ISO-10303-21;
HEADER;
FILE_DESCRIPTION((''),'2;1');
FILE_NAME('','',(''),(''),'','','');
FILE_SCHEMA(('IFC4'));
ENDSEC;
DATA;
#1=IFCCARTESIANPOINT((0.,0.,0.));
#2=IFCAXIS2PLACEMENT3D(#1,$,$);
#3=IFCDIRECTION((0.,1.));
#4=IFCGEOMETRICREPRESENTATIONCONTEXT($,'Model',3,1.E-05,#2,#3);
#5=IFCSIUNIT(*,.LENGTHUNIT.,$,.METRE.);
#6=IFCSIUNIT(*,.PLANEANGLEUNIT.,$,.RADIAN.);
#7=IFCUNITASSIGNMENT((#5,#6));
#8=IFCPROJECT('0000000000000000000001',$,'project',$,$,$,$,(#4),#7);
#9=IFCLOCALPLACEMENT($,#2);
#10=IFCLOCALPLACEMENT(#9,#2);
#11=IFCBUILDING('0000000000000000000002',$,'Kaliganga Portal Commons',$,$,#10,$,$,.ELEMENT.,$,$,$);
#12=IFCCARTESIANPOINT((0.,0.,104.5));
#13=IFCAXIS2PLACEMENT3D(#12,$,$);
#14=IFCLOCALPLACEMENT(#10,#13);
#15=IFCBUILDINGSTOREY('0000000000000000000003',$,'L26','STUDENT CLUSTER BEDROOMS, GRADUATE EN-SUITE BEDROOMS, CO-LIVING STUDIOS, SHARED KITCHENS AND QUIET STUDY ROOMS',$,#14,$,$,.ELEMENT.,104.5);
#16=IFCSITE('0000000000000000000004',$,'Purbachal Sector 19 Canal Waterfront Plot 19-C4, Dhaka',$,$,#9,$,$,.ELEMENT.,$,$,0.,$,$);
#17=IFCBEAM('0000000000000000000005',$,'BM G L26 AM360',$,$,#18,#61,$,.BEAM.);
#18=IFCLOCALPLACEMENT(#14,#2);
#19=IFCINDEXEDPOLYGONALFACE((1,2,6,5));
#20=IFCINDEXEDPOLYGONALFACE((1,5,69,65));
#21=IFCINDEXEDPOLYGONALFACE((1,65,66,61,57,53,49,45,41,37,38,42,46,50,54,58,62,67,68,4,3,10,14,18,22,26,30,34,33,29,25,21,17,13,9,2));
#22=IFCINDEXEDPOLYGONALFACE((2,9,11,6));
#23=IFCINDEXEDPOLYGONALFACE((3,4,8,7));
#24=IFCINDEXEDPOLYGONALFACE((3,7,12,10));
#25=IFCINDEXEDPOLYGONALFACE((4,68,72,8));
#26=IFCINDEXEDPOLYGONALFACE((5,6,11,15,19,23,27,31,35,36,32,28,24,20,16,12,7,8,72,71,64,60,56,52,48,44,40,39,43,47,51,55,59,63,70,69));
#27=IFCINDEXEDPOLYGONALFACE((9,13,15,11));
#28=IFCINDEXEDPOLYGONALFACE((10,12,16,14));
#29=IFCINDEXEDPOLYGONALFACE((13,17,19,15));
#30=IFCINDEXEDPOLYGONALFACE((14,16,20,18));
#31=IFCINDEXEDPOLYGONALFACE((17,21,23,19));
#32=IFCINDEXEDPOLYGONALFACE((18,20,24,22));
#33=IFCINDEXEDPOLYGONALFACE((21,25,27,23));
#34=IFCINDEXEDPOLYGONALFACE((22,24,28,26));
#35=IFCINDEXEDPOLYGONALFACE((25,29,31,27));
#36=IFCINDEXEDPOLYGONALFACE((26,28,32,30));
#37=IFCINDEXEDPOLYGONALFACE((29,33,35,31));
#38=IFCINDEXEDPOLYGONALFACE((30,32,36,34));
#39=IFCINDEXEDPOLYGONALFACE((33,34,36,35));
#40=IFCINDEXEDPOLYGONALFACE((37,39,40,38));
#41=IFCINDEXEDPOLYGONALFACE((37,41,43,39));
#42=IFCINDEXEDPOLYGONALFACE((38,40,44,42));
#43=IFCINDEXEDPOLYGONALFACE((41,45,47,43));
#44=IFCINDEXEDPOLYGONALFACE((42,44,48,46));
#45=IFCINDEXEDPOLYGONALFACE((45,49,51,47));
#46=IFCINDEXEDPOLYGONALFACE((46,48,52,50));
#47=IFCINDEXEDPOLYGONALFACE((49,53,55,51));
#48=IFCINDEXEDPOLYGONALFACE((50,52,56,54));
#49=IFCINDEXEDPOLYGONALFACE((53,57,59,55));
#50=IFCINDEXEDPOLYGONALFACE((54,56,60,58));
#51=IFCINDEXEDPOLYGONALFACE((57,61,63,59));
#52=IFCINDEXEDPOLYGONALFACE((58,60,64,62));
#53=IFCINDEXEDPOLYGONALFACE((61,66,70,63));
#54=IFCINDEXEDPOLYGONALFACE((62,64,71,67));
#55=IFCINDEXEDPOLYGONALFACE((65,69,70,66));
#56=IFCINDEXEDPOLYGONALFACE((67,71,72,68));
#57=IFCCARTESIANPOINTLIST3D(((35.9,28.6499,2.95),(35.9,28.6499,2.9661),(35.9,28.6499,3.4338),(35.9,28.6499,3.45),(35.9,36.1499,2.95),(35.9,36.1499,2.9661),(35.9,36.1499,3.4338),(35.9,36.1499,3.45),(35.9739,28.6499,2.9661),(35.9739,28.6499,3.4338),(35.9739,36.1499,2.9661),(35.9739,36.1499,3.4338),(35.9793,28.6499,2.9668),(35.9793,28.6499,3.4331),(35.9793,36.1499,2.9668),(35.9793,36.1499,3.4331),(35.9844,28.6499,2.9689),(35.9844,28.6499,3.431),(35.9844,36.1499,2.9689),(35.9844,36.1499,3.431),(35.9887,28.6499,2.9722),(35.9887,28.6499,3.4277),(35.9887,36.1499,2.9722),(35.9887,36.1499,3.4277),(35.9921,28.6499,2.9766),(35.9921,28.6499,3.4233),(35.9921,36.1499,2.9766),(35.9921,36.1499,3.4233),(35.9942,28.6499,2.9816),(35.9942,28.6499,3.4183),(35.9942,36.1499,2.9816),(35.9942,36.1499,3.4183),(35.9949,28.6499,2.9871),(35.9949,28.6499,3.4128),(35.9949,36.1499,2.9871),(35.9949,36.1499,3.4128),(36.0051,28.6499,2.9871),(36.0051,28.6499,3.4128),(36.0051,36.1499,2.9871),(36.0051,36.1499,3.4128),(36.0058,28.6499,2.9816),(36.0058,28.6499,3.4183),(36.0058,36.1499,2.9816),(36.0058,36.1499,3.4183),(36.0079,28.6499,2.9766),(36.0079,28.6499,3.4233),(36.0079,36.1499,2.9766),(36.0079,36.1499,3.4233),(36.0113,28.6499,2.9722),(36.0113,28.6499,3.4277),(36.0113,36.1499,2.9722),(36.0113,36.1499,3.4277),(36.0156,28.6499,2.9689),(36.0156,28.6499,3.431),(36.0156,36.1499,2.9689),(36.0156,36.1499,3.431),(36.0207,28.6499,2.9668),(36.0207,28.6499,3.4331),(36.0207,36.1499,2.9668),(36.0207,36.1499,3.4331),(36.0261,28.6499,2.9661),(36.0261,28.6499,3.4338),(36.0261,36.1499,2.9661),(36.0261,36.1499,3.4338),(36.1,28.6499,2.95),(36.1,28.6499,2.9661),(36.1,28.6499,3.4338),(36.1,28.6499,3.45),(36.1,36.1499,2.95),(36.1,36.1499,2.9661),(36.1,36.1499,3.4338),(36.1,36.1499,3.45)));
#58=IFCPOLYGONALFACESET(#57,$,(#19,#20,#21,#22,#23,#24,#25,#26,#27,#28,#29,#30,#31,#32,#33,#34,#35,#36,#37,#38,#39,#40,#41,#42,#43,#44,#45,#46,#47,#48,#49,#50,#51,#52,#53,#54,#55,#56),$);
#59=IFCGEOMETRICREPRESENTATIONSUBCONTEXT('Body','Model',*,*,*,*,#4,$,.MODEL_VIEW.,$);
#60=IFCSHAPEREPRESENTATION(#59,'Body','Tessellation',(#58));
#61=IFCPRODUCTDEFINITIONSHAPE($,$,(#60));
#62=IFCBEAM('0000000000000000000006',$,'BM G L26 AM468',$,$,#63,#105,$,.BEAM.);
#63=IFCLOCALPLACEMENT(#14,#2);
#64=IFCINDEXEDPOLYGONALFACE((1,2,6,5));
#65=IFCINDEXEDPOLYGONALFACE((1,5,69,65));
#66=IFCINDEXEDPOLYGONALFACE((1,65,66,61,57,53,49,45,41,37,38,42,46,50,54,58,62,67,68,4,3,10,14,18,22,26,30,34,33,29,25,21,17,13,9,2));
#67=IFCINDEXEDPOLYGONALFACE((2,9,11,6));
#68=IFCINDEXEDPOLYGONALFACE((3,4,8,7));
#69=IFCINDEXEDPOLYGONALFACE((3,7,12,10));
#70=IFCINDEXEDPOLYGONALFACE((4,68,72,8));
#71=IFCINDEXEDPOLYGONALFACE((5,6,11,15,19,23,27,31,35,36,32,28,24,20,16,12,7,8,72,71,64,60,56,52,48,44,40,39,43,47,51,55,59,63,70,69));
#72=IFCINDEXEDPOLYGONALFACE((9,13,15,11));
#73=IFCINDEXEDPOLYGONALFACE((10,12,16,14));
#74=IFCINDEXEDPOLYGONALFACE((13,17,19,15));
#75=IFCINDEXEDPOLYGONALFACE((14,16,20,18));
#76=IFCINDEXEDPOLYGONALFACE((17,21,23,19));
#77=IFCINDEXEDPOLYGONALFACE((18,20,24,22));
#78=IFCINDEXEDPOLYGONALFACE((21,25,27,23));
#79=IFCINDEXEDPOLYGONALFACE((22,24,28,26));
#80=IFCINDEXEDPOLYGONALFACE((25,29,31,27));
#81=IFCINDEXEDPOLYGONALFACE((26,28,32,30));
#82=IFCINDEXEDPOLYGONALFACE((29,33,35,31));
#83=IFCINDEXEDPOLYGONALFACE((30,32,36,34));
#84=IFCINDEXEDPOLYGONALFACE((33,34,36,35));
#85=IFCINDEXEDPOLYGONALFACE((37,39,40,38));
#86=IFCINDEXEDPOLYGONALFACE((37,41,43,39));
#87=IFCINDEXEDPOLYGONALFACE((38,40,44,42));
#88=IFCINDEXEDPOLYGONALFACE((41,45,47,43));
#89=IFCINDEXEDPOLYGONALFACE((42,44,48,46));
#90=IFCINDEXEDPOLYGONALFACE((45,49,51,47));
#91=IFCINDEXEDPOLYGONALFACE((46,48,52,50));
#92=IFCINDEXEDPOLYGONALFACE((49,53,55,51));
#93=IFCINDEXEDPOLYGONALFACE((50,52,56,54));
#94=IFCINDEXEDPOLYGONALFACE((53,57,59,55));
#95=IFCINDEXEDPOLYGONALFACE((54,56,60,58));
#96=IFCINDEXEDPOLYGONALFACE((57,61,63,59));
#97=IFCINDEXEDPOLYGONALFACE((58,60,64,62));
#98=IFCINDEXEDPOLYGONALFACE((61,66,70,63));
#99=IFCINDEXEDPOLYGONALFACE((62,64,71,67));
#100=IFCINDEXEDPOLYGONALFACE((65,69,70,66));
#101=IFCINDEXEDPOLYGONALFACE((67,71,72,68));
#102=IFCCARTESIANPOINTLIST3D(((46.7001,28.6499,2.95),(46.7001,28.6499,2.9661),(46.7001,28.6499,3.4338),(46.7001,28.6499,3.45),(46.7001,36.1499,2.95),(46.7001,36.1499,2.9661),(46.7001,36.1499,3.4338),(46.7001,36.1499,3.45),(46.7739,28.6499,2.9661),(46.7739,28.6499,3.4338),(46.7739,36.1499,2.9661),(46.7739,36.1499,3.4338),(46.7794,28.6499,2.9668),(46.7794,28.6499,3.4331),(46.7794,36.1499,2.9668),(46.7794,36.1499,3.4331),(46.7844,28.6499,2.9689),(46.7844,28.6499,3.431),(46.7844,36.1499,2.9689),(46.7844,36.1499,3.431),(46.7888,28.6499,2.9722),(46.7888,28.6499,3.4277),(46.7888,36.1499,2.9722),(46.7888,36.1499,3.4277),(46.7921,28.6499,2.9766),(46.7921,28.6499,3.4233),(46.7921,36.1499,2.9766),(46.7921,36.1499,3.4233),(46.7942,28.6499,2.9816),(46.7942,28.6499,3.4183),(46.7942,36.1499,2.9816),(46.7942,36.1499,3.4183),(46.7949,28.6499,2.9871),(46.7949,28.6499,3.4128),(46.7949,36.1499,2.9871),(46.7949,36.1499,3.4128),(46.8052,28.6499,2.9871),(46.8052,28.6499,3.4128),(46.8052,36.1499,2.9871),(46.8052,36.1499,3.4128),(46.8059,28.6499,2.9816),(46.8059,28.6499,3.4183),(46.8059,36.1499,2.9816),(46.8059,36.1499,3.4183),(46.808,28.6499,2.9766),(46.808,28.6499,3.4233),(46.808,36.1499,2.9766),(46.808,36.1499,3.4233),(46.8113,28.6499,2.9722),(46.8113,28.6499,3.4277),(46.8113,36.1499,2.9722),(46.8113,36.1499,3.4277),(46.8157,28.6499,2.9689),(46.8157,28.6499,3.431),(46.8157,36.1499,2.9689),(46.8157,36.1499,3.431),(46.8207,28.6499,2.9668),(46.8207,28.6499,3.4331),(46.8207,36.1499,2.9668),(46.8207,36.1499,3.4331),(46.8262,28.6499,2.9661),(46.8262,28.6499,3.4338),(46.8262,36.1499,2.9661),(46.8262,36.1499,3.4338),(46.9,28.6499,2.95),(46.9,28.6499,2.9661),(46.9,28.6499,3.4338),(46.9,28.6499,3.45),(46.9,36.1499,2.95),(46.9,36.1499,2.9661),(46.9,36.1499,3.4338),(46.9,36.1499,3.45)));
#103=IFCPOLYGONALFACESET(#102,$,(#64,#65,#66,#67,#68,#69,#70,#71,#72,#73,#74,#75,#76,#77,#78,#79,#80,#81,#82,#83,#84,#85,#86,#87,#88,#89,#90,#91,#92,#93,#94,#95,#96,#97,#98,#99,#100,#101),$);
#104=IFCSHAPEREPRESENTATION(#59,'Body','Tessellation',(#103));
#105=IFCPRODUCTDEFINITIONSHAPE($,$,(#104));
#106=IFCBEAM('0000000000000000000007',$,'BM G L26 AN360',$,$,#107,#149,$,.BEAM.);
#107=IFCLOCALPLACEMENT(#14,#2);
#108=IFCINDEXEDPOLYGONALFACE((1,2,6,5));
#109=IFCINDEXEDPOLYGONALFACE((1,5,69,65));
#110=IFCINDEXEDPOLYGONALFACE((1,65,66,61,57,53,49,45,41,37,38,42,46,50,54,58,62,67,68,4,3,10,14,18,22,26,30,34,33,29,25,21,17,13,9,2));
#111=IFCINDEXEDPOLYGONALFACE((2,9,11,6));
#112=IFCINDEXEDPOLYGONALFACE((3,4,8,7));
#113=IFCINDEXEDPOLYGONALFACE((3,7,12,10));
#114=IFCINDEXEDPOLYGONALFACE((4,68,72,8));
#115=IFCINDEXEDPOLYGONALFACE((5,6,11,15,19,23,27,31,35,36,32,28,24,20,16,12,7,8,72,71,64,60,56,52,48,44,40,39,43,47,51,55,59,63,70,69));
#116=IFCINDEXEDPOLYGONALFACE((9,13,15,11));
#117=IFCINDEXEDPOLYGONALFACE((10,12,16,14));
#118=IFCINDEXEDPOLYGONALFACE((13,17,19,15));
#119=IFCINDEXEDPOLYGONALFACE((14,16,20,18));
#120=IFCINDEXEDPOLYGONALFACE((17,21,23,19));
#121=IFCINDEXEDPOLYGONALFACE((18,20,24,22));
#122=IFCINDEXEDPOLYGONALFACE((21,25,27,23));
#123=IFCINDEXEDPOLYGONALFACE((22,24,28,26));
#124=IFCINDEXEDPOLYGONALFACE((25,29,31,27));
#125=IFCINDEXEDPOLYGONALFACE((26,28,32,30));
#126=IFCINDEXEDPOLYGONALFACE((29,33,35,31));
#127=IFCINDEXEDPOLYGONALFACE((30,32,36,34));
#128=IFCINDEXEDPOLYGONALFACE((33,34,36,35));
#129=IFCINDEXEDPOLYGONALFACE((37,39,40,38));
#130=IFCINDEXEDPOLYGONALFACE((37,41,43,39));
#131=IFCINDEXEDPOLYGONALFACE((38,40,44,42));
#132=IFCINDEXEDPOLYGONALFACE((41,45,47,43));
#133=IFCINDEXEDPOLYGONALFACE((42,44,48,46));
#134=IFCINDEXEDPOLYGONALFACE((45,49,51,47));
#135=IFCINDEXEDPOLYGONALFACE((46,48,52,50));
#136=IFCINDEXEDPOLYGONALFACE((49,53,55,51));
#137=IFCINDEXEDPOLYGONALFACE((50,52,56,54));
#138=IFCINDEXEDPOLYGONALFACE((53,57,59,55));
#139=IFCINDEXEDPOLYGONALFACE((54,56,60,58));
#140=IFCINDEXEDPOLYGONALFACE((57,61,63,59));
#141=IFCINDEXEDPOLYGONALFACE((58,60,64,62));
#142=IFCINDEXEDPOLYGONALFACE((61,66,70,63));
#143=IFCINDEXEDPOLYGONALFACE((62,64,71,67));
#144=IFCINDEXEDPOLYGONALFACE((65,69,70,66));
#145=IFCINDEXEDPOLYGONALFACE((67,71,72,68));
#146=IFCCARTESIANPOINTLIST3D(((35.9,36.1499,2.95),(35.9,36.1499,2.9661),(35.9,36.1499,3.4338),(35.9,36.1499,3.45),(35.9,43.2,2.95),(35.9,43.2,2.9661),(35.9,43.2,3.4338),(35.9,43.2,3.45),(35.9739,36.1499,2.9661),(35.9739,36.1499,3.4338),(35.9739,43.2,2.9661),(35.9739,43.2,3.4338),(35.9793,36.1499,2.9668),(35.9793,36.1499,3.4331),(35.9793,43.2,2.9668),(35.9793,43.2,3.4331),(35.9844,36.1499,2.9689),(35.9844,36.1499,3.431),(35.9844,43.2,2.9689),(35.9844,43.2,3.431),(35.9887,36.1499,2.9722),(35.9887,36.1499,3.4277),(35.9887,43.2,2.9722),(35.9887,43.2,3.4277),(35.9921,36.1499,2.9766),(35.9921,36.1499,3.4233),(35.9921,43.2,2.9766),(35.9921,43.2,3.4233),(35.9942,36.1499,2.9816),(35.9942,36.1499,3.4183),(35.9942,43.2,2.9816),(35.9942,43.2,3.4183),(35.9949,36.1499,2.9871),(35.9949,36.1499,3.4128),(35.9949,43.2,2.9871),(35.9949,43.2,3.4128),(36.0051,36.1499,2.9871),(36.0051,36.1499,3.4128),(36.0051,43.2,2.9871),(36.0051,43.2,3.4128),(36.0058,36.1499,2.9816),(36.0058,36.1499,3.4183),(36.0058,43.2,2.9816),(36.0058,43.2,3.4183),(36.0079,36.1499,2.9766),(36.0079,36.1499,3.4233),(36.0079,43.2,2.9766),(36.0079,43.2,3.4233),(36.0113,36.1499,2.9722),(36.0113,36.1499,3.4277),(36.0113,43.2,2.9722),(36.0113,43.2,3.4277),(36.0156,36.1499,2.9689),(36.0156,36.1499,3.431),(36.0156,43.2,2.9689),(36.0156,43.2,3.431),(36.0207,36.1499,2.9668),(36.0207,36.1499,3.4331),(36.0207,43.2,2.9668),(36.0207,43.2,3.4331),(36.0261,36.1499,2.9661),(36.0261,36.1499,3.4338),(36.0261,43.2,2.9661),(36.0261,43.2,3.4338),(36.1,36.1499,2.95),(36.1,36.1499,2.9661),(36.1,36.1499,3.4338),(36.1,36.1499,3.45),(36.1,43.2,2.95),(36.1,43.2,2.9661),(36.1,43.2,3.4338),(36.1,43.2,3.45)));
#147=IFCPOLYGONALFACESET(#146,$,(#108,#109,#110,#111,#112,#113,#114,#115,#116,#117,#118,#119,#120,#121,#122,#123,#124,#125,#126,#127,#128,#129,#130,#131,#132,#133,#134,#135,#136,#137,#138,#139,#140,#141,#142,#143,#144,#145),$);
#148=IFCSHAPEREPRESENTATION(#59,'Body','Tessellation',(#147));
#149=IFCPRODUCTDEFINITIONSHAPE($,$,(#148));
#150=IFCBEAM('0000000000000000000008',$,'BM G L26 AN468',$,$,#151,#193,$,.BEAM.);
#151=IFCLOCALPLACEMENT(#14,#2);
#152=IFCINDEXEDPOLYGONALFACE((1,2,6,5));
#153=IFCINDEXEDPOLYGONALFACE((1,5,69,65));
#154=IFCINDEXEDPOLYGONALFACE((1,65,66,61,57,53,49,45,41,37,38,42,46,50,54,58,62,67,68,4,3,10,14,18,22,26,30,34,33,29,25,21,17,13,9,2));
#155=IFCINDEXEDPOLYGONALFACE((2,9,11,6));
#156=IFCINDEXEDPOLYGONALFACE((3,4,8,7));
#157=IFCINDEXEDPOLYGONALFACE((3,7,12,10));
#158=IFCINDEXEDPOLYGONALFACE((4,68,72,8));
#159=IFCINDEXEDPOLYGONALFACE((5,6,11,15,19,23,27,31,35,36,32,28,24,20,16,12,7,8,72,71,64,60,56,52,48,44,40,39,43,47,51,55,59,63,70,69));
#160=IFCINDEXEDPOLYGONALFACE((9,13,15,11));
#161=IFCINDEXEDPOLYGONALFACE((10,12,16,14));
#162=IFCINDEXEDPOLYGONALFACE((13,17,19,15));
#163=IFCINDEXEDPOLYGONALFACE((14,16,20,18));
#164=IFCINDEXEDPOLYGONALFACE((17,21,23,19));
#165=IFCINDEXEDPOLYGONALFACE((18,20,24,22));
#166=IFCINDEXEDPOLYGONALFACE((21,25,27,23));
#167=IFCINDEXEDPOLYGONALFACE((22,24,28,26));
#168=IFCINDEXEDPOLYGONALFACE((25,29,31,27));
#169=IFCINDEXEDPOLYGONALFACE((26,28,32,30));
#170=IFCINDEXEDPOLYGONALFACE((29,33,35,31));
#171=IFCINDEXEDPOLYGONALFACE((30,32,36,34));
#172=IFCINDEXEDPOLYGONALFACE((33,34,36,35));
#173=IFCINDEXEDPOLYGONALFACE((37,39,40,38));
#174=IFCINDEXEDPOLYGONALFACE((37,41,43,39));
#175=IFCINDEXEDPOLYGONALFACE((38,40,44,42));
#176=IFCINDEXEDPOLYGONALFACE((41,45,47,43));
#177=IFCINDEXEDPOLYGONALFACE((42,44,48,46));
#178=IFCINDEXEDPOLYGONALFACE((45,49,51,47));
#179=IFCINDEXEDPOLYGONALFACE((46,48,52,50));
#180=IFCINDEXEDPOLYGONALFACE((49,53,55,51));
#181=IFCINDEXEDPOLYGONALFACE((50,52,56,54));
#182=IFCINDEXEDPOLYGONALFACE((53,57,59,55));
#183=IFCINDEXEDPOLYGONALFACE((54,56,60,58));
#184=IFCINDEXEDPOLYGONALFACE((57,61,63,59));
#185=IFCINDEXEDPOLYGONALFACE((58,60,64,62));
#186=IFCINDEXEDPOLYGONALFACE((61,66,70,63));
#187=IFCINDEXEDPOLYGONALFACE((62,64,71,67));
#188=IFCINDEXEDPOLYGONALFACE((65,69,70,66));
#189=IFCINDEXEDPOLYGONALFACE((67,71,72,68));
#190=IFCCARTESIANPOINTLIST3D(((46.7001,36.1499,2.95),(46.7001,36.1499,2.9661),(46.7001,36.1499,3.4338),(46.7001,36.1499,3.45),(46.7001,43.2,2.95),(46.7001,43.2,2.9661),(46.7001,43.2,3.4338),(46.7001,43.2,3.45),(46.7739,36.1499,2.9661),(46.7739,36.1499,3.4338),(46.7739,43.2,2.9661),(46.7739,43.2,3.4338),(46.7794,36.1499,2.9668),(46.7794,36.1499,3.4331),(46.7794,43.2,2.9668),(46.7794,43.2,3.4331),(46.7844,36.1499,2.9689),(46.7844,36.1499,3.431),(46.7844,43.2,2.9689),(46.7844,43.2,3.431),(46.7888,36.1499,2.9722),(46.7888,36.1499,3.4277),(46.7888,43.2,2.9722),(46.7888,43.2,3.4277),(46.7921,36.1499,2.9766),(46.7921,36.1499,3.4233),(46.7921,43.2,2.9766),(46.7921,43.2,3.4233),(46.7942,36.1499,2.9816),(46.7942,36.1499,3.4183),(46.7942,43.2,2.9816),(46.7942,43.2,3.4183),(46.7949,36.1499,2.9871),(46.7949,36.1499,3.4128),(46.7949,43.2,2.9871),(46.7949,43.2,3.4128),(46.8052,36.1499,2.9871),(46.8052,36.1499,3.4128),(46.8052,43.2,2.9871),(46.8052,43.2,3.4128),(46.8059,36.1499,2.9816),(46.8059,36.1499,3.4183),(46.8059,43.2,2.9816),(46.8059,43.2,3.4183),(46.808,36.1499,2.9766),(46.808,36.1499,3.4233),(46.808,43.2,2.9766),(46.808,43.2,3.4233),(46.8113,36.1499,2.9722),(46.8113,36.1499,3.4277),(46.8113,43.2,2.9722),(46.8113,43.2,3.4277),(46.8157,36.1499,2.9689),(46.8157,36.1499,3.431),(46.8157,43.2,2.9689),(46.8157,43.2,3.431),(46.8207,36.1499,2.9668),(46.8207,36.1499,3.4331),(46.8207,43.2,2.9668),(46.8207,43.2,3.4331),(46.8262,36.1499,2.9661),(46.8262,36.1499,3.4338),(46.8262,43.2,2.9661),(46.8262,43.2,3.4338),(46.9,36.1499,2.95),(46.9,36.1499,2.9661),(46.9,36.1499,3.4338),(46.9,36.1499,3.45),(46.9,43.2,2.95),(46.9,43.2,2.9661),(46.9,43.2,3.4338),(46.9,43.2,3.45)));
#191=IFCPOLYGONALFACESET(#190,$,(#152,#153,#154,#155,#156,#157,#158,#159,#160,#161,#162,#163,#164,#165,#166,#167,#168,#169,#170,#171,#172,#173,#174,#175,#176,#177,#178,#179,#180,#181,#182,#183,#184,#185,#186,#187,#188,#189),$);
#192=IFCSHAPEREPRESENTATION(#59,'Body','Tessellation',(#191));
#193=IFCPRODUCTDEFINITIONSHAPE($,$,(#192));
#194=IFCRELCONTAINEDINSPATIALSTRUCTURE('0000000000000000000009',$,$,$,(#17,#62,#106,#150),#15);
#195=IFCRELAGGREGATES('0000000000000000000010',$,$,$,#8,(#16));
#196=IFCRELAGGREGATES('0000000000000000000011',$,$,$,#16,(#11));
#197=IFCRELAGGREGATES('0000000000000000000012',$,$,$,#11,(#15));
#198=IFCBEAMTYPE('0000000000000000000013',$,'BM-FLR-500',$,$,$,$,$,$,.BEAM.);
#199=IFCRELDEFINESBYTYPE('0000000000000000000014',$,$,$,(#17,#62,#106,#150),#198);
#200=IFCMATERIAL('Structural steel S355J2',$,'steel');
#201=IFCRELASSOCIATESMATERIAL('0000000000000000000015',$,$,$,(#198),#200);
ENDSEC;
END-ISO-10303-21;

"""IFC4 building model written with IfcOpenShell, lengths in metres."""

from ifc_helpers import new_model, si_unit, direction, frame, origin, origin_2d, place, context, subcontext, project, spatial, i_section, extrude, source, transform, mapped, material, material_profile, profile_set, type_object, element, save


model = new_model("IFC4")

# Units and contexts
model_context = context("Model", 3, precision=1e-05, world=origin(), true_north=direction((0.0, 1.0)))
body_context = subcontext(model_context, "Body", "Model", "MODEL_VIEW")
ifc_project = project(units=[si_unit("LENGTHUNIT", "METRE"), si_unit("PLANEANGLEUNIT", "RADIAN")], contexts=[model_context])

# Site, building, storey
site_placement = place(None, origin())
site = spatial("IfcSite", under=ifc_project, at=site_placement, Name="Purbachal Sector 19 Canal Waterfront Plot 19-C4, Dhaka", CompositionType="ELEMENT", RefElevation=0.0)
building_placement = place(site_placement, origin())
building = spatial("IfcBuilding", under=site, at=building_placement, Name="Kaliganga Portal Commons", CompositionType="ELEMENT")
storey_placement = place(building_placement, frame((0.0, 0.0, 104.5)))
storey = spatial("IfcBuildingStorey", under=building, at=storey_placement, Name="L26", Description="STUDENT CLUSTER BEDROOMS, GRADUATE EN-SUITE BEDROOMS, CO-LIVING STUDIOS, SHARED KITCHENS AND QUIET STUDY ROOMS", CompositionType="ELEMENT", Elevation=104.5)

# Beams
ifc_material_1 = material(Name="Structural steel S355J2", Category="steel")
ifc_material_profile_1 = material_profile(ifc_material_1, i_section(OverallWidth=0.2, OverallDepth=0.5, WebThickness=0.0103, FlangeThickness=0.0161, FilletRadius=0.021, at=origin_2d()), Name="IPE 500")
ifc_profile_set_1 = profile_set([ifc_material_profile_1], Name="Structural steel S355J2 wide-flange")
beam_type_1 = type_object("IfcBeamType", Name="BM-FLR-500", PredefinedType="BEAM", material=ifc_profile_set_1)
shared_shape_1 = source(origin(), body_context, "Body", "SweptSolid", [
    extrude(i_section(OverallWidth=0.2, OverallDepth=0.5, WebThickness=0.0103, FlangeThickness=0.0161, FilletRadius=0.021, at=origin_2d()), origin(), (0.0, 0.0, 1.0), 7.5),
])
for number, where, z_axis, x_axis, name in (
    (1, (36.0, 28.6499, 3.2), (0.0, 1.0, 0.0), (-1.0, 0.0, 0.0), "BM G L26 AM360"),
    (2, (46.8, 28.6499, 3.2), (0.0, 1.0, 0.0), (-1.0, 0.0, 0.0), "BM G L26 AM468"),
):
    element("IfcBeam", number, at=place(storey_placement, frame(where, z_axis=z_axis, x_axis=x_axis)), inside=storey, type_object=beam_type_1, Name=name, PredefinedType="BEAM", context=body_context, shape_type="MappedRepresentation", body=[
        mapped(shared_shape_1, transform((0.0, 0.0, 0.0), x_axis=(1.0, 0.0, 0.0), y_axis=(0.0, 1.0, 0.0), z_axis=(0.0, 0.0, 1.0), scale=1.0)),
    ])
shared_shape_2 = source(origin(), body_context, "Body", "SweptSolid", [
    extrude(i_section(OverallWidth=0.2, OverallDepth=0.5, WebThickness=0.0103, FlangeThickness=0.0161, FilletRadius=0.021, at=origin_2d()), origin(), (0.0, 0.0, 1.0), 7.05),
])
for number, where, z_axis, x_axis, name in (
    (3, (36.0, 36.1499, 3.2), (0.0, 1.0, 0.0), (-1.0, 0.0, 0.0), "BM G L26 AN360"),
    (4, (46.8, 36.1499, 3.2), (0.0, 1.0, 0.0), (-1.0, 0.0, 0.0), "BM G L26 AN468"),
):
    element("IfcBeam", number, at=place(storey_placement, frame(where, z_axis=z_axis, x_axis=x_axis)), inside=storey, type_object=beam_type_1, Name=name, PredefinedType="BEAM", context=body_context, shape_type="MappedRepresentation", body=[
        mapped(shared_shape_2, transform((0.0, 0.0, 0.0), x_axis=(1.0, 0.0, 0.0), y_axis=(0.0, 1.0, 0.0), z_axis=(0.0, 0.0, 1.0), scale=1.0)),
    ])

save(model, "model.ifc")
